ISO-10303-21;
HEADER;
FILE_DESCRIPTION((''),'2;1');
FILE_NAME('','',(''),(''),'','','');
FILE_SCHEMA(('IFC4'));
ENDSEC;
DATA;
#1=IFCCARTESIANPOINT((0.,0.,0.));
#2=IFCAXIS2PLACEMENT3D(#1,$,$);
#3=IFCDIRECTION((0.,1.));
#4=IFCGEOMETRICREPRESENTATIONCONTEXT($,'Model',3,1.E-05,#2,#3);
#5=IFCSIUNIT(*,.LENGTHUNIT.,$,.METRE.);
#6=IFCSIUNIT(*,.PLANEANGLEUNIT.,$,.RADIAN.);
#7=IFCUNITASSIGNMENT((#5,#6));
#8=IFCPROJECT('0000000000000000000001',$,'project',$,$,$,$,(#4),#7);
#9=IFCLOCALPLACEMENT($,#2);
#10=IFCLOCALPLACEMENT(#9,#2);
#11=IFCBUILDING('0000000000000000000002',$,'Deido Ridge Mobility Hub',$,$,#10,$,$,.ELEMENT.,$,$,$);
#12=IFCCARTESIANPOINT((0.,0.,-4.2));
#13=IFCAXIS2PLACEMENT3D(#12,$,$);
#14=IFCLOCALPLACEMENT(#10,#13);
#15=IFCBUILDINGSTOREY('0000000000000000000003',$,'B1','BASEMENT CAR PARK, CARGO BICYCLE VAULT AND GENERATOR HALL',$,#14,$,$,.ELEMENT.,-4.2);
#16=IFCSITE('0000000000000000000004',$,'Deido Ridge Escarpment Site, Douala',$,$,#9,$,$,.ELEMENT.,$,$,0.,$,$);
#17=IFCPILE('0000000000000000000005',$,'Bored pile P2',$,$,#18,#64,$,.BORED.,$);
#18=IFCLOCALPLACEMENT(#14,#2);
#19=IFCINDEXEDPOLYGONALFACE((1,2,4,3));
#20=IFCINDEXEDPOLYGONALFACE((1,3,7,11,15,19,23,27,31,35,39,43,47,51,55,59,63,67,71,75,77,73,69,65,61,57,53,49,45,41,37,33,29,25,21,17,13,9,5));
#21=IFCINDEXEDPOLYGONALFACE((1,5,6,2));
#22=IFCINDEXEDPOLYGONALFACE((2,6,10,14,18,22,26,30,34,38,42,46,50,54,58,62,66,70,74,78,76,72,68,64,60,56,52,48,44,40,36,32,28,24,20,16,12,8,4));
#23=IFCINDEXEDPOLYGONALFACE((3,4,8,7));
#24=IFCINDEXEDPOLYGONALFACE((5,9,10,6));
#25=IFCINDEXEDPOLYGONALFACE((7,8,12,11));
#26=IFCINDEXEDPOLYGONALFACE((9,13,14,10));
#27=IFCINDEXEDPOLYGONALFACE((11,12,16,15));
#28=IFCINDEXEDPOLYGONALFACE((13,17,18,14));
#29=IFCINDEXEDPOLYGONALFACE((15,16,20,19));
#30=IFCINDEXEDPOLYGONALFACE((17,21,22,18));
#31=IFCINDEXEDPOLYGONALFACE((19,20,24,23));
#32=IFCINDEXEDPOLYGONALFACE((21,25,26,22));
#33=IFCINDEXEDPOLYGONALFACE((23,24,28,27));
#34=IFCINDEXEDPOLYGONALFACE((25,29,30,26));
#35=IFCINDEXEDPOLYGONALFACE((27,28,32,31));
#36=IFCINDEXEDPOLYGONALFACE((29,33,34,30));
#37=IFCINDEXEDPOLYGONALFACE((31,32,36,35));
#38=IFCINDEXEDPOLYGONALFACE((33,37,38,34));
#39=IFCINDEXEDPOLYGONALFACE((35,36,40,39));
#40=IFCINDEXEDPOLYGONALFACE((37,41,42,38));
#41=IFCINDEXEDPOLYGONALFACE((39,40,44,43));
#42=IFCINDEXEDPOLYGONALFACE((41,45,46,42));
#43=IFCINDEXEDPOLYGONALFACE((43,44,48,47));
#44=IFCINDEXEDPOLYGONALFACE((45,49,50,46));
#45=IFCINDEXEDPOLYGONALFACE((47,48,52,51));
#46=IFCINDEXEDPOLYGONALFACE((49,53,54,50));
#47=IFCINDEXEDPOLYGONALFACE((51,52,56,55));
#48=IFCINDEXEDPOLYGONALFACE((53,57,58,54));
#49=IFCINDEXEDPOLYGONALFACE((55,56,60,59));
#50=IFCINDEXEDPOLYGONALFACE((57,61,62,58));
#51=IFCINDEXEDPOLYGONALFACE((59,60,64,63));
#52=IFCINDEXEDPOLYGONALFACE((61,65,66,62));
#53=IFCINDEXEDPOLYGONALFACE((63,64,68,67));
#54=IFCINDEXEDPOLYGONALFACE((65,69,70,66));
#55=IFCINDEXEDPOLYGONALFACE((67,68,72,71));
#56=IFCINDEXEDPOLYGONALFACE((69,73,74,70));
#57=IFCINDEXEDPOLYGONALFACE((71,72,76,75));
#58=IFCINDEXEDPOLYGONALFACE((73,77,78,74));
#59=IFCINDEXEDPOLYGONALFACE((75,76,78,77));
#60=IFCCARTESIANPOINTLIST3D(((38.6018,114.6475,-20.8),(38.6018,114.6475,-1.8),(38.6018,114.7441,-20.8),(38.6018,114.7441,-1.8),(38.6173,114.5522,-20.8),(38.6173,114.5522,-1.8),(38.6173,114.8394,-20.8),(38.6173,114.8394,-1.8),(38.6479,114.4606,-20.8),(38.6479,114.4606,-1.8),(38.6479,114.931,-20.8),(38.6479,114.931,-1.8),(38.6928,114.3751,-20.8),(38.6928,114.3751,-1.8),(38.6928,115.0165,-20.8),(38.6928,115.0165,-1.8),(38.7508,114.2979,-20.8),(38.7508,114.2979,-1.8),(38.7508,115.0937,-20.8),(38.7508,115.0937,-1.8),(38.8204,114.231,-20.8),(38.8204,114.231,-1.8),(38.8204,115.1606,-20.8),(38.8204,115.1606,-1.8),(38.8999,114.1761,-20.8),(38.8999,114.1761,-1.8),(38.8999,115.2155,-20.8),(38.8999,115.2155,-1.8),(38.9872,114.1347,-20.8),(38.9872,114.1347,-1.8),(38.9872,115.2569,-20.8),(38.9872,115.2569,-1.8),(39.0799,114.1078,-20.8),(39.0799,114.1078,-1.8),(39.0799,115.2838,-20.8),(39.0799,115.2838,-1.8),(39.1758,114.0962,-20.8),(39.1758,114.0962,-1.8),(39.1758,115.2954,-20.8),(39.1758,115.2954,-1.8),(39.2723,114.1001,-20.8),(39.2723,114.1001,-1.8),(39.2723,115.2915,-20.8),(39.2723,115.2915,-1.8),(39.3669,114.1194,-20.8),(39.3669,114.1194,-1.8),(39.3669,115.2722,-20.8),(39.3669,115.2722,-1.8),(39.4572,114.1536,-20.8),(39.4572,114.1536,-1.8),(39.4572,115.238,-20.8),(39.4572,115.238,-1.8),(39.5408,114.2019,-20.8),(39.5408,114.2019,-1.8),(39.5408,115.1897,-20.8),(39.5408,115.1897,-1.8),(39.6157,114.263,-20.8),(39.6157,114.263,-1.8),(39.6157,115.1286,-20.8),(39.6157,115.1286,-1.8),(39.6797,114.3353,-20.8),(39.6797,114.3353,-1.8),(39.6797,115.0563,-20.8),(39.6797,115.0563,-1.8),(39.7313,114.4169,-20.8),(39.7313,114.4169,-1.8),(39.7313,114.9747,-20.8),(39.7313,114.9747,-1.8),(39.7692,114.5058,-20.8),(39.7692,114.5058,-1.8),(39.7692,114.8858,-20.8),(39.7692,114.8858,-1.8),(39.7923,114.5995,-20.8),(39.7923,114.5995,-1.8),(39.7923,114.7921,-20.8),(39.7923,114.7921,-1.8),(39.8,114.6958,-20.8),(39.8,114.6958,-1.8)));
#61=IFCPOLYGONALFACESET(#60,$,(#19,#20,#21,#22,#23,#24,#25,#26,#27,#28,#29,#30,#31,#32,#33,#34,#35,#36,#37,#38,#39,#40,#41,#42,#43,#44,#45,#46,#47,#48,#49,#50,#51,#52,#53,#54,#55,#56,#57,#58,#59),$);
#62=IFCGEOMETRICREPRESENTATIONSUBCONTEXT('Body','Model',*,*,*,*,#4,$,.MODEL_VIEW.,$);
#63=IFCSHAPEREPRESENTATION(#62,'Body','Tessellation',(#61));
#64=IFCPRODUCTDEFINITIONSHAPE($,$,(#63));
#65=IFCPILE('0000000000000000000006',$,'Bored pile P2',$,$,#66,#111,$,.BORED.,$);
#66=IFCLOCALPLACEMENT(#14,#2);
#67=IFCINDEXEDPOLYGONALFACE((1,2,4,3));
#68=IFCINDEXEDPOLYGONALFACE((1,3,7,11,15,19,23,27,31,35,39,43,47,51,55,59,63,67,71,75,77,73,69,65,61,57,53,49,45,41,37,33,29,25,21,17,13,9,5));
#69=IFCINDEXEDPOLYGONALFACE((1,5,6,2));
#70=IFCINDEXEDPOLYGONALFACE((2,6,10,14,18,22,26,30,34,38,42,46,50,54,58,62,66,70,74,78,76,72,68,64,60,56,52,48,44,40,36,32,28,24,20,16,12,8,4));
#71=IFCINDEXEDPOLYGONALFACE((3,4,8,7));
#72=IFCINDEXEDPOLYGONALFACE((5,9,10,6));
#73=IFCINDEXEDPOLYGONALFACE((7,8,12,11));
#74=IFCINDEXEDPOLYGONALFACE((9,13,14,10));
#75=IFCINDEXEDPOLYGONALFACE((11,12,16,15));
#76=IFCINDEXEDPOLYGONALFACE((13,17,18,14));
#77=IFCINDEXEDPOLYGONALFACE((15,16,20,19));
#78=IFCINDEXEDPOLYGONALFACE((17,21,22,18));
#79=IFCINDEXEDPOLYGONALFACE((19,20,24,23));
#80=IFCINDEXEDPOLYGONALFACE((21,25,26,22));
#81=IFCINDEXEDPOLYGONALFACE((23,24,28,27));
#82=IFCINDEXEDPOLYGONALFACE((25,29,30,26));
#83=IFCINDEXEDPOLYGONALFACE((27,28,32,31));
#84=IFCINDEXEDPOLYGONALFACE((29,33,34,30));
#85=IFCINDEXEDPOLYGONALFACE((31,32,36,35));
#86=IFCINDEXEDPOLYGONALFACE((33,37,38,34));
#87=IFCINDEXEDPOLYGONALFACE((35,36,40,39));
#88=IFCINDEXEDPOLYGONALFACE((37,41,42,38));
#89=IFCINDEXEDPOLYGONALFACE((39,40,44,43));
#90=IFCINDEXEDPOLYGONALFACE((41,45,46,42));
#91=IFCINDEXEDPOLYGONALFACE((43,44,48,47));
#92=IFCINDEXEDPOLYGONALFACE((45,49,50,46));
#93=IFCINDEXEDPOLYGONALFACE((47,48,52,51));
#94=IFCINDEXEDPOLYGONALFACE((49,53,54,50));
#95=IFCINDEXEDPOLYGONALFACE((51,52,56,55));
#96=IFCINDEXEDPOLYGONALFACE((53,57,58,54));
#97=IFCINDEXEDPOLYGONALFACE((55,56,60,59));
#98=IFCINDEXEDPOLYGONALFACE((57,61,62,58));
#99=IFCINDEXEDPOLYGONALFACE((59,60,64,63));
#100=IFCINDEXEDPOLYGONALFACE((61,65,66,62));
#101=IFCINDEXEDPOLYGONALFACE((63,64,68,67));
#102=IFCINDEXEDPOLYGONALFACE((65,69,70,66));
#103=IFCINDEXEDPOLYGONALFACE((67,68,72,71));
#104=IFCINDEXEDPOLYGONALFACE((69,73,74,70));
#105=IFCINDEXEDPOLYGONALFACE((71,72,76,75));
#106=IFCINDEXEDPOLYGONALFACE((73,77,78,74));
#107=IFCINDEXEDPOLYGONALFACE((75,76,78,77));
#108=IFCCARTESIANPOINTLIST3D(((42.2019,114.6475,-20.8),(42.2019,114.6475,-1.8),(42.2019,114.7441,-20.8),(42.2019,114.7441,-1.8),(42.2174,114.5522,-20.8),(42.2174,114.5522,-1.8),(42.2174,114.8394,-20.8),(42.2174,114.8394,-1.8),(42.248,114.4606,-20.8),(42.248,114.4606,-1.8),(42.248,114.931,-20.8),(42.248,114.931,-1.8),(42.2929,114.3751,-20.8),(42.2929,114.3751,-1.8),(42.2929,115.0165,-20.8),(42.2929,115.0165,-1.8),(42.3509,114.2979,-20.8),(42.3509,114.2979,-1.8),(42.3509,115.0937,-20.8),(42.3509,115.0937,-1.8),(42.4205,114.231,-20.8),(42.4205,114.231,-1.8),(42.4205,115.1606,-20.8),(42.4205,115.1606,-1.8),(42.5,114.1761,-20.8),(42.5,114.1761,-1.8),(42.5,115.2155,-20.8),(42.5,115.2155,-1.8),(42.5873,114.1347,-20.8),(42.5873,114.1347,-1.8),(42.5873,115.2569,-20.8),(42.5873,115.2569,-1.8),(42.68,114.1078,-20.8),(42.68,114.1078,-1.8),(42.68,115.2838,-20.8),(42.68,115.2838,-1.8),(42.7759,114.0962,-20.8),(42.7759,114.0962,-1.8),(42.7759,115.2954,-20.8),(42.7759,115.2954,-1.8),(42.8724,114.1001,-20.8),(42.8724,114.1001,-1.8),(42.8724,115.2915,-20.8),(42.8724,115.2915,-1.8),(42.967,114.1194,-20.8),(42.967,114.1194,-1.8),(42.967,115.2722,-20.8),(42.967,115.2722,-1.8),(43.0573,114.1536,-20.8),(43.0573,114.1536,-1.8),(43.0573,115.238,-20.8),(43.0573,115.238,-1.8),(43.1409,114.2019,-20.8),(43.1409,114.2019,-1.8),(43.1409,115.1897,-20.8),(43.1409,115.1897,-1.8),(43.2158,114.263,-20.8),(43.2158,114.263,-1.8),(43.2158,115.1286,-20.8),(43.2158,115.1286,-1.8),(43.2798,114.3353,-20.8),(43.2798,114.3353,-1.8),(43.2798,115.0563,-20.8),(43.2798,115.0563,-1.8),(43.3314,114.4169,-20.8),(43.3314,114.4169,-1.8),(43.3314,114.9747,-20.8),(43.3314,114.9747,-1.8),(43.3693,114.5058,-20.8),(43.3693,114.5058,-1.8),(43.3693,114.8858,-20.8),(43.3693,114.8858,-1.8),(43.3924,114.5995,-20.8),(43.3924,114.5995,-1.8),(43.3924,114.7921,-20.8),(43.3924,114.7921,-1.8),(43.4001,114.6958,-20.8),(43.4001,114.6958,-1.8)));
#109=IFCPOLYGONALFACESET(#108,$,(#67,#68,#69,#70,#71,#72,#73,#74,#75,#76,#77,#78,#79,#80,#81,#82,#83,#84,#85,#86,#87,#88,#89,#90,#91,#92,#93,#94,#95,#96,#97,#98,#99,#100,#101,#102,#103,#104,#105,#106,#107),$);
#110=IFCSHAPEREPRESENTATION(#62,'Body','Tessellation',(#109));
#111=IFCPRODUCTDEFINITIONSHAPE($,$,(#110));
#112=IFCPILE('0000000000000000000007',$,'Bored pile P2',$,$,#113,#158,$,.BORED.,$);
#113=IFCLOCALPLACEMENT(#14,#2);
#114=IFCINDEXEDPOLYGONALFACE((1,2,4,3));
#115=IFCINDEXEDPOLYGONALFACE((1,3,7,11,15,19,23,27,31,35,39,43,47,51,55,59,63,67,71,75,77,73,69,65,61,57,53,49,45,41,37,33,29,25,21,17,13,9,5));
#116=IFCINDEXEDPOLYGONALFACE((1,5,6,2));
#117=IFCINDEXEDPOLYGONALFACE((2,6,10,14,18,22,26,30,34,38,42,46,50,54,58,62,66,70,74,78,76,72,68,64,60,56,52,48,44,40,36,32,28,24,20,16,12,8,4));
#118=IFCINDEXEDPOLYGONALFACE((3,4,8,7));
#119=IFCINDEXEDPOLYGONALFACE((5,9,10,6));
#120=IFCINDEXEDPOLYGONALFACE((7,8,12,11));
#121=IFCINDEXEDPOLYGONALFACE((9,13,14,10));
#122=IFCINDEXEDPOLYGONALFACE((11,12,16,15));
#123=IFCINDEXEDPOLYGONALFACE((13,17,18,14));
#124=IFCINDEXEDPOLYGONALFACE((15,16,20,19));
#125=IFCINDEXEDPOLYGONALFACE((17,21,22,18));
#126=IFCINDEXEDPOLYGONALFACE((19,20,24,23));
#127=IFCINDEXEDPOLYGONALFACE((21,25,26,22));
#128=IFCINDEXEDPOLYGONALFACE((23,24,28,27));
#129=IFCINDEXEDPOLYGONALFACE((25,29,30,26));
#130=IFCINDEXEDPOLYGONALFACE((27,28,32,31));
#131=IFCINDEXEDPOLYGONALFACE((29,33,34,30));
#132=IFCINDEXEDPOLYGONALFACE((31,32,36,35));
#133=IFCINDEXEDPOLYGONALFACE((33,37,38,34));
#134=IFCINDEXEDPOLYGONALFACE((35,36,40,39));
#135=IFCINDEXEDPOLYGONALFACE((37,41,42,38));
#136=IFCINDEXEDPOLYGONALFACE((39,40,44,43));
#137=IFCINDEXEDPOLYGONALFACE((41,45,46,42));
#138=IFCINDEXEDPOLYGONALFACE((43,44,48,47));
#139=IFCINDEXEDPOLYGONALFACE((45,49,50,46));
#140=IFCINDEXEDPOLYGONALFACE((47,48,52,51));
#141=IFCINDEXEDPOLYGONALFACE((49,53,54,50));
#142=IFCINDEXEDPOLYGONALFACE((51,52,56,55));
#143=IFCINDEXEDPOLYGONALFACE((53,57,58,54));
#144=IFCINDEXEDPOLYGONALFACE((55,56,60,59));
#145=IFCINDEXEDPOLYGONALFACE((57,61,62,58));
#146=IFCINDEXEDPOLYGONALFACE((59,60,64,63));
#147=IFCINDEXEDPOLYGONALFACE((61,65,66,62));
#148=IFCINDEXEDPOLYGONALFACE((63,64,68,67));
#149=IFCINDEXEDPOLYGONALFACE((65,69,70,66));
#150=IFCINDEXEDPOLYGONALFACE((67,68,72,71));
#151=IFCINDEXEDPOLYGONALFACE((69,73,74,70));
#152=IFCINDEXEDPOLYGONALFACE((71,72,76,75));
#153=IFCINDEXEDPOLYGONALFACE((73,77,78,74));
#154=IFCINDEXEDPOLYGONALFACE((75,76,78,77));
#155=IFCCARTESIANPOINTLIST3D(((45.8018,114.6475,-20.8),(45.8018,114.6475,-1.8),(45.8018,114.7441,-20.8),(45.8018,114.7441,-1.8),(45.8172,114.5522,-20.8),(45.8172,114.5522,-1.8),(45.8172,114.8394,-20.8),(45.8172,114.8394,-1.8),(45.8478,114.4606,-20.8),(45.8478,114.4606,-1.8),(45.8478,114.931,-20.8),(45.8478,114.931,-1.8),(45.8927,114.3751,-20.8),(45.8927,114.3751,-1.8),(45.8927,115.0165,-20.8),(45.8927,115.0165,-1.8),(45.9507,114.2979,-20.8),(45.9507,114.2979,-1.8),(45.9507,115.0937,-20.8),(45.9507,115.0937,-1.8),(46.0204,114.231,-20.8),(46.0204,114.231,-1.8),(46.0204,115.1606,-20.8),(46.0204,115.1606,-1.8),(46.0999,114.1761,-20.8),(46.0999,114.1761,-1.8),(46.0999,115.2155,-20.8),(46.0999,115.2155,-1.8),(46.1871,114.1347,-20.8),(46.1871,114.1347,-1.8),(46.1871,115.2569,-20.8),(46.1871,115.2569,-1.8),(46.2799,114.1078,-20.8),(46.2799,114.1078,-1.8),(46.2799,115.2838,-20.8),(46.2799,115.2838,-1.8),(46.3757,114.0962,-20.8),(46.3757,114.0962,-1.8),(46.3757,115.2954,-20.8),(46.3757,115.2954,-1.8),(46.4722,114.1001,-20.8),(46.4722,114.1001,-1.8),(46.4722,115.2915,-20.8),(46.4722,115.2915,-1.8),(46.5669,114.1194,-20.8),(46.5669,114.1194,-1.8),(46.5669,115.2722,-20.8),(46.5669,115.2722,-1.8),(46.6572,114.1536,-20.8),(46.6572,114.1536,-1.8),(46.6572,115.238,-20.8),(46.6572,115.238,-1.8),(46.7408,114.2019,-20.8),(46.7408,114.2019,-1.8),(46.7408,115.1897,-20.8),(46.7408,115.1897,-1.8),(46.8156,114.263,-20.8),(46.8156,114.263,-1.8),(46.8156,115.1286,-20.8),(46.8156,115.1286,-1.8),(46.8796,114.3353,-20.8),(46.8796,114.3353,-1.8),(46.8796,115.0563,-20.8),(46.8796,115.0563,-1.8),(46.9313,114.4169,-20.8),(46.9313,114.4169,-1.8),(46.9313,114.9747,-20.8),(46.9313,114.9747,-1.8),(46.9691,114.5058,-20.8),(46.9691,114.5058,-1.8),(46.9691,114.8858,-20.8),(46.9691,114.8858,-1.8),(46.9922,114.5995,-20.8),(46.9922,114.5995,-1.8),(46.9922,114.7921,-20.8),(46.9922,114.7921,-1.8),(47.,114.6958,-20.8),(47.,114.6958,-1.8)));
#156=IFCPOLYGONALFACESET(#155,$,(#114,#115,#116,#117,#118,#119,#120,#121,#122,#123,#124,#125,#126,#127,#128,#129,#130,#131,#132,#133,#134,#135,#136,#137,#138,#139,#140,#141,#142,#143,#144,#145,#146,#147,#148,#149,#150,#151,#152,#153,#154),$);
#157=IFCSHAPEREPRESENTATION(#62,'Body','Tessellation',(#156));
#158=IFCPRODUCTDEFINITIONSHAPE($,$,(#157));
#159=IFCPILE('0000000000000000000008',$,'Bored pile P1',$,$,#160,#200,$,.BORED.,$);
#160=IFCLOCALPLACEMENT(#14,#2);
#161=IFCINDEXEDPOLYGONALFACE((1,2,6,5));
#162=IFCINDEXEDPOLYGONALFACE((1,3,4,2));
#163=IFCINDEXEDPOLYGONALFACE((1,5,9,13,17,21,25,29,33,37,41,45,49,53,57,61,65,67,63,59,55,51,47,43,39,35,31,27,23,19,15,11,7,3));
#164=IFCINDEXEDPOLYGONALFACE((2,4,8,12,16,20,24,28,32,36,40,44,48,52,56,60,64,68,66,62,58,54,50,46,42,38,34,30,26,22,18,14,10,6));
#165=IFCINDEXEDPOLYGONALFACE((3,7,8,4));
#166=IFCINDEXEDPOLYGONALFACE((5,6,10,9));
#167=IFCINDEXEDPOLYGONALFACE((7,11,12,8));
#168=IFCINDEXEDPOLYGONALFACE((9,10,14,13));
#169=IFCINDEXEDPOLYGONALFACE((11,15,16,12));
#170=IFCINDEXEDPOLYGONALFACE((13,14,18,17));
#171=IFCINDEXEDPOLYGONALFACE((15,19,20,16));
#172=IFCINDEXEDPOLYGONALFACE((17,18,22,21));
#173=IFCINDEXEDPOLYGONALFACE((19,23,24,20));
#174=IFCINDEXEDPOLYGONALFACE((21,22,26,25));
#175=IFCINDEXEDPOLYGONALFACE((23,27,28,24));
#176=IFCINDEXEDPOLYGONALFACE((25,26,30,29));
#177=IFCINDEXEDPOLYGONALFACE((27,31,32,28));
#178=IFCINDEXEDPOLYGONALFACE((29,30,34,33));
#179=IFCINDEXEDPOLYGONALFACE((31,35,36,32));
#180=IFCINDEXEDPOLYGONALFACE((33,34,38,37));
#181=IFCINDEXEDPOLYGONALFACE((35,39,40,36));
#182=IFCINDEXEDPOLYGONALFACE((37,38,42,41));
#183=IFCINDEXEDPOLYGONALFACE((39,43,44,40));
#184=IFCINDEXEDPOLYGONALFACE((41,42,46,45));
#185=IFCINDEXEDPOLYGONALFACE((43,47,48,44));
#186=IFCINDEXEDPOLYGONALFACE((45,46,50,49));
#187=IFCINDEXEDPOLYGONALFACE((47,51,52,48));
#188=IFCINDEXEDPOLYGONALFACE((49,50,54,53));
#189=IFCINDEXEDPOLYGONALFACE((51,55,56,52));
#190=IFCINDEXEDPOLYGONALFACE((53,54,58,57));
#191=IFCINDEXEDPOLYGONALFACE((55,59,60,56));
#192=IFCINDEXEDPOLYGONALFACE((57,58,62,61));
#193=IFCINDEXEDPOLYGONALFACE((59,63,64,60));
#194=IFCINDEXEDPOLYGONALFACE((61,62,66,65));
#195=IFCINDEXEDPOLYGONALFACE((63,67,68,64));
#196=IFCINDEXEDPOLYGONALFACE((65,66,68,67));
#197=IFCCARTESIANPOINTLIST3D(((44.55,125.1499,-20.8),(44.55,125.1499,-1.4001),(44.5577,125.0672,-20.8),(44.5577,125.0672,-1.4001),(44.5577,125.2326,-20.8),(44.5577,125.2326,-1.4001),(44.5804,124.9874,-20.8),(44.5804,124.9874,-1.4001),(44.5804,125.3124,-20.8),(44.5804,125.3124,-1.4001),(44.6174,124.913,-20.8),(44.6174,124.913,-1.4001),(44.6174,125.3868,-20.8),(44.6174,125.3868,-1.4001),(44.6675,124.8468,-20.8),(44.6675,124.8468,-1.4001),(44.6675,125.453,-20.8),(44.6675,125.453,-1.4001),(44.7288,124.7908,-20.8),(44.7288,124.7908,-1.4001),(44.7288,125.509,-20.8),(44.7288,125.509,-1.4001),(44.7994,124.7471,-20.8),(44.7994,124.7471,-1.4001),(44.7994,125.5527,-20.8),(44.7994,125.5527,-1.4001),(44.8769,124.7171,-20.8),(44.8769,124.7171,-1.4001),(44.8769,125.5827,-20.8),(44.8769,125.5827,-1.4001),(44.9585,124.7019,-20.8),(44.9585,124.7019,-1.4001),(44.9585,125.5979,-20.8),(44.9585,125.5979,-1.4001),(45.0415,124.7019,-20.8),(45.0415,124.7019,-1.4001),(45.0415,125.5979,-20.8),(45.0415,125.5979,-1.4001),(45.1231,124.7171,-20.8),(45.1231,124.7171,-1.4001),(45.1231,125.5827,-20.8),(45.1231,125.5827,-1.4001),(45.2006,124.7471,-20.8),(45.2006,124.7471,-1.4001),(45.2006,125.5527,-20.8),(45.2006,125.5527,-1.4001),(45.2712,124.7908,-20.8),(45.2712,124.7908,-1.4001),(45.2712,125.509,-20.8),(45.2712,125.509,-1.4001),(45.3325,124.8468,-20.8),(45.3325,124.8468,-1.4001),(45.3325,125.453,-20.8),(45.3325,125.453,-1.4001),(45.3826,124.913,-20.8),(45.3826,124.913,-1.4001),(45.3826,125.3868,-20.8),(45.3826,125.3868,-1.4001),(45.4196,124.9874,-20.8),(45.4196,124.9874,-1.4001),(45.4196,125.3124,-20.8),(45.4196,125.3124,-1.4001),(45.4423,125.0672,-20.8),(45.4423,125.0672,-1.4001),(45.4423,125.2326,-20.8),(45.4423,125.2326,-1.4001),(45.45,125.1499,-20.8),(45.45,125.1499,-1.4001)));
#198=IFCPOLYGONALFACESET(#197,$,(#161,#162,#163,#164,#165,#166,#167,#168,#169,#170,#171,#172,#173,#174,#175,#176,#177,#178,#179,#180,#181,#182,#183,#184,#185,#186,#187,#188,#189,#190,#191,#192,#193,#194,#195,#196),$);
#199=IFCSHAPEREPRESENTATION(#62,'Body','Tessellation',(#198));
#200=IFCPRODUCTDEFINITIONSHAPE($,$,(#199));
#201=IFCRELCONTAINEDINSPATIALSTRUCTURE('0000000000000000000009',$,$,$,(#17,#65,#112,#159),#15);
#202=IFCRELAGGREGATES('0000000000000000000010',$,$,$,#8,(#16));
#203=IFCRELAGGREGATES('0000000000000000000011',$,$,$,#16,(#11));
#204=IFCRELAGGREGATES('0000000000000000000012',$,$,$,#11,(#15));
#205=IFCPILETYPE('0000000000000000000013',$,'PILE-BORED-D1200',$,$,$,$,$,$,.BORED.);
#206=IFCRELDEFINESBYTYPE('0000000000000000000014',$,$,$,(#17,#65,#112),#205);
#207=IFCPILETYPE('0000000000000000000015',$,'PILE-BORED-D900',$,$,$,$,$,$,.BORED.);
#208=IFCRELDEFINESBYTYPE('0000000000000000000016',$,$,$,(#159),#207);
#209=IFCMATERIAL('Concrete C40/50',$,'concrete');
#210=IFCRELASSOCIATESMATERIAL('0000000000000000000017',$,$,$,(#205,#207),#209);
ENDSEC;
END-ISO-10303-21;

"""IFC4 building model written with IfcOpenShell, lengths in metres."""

from ifc_helpers import new_model, si_unit, direction, frame, origin, origin_2d, place, context, subcontext, project, spatial, circle, extrude, material, material_profile, profile_set, type_object, element, save


model = new_model("IFC4")

# Units and contexts
model_context = context("Model", 3, precision=1e-05, world=origin(), true_north=direction((0.0, 1.0)))
body_context = subcontext(model_context, "Body", "Model", "MODEL_VIEW")
ifc_project = project(units=[si_unit("LENGTHUNIT", "METRE"), si_unit("PLANEANGLEUNIT", "RADIAN")], contexts=[model_context])

# Site, building, storey
site_placement = place(None, origin())
site = spatial("IfcSite", under=ifc_project, at=site_placement, Name="Deido Ridge Escarpment Site, Douala", CompositionType="ELEMENT", RefElevation=0.0)
building_placement = place(site_placement, origin())
building = spatial("IfcBuilding", under=site, at=building_placement, Name="Deido Ridge Mobility Hub", CompositionType="ELEMENT")
storey_placement = place(building_placement, frame((0.0, 0.0, -4.2)))
storey = spatial("IfcBuildingStorey", under=building, at=storey_placement, Name="B1", Description="BASEMENT CAR PARK, CARGO BICYCLE VAULT AND GENERATOR HALL", CompositionType="ELEMENT", Elevation=-4.2)

# Shared definitions
ifc_material_1 = material(Name="Concrete C40/50", Category="concrete")

# Piles
ifc_material_profile_1 = material_profile(ifc_material_1, circle(Radius=0.6001, at=origin_2d()), Name="BORED PILE D1200")
ifc_profile_set_1 = profile_set([ifc_material_profile_1], Name="Concrete C40/50")
pile_type_1 = type_object("IfcPileType", Name="PILE-BORED-D1200", PredefinedType="BORED", material=ifc_profile_set_1)
for number, where, z_axis, x_axis, name in (
    (1, (39.2, 114.6958, -1.8), (0.0, 0.0, -1.0), (1.0, 0.0, 0.0), "Bored pile P2"),
    (2, (42.8, 114.6958, -1.8), (0.0, 0.0, -1.0), (1.0, 0.0, 0.0), "Bored pile P2"),
    (3, (46.3999, 114.6958, -1.8), (0.0, 0.0, -1.0), (1.0, 0.0, 0.0), "Bored pile P2"),
):
    element("IfcPile", number, at=place(storey_placement, frame(where, z_axis=z_axis, x_axis=x_axis)), inside=storey, type_object=pile_type_1, Name=name, PredefinedType="BORED", context=body_context, shape_type="SweptSolid", body=[
        extrude(circle(Radius=0.6001, at=origin_2d()), origin(), (0.0, 0.0, 1.0), 19.0),
    ])
ifc_material_profile_2 = material_profile(ifc_material_1, circle(Radius=0.45, at=origin_2d()), Name="BORED PILE D900")
ifc_profile_set_2 = profile_set([ifc_material_profile_2], Name="Concrete C40/50")
pile_type_2 = type_object("IfcPileType", Name="PILE-BORED-D900", PredefinedType="BORED", material=ifc_profile_set_2)
pile_placement = place(storey_placement, frame((45.0, 125.1499, -1.4001), z_axis=(0.0, 0.0, -1.0), x_axis=(1.0, 0.0, 0.0)))
element("IfcPile", 4, at=pile_placement, inside=storey, type_object=pile_type_2, Name="Bored pile P1", PredefinedType="BORED", context=body_context, shape_type="SweptSolid", body=[
    extrude(circle(Radius=0.45, at=origin_2d()), origin(), (0.0, 0.0, 1.0), 19.3999),
])

save(model, "model.ifc")
